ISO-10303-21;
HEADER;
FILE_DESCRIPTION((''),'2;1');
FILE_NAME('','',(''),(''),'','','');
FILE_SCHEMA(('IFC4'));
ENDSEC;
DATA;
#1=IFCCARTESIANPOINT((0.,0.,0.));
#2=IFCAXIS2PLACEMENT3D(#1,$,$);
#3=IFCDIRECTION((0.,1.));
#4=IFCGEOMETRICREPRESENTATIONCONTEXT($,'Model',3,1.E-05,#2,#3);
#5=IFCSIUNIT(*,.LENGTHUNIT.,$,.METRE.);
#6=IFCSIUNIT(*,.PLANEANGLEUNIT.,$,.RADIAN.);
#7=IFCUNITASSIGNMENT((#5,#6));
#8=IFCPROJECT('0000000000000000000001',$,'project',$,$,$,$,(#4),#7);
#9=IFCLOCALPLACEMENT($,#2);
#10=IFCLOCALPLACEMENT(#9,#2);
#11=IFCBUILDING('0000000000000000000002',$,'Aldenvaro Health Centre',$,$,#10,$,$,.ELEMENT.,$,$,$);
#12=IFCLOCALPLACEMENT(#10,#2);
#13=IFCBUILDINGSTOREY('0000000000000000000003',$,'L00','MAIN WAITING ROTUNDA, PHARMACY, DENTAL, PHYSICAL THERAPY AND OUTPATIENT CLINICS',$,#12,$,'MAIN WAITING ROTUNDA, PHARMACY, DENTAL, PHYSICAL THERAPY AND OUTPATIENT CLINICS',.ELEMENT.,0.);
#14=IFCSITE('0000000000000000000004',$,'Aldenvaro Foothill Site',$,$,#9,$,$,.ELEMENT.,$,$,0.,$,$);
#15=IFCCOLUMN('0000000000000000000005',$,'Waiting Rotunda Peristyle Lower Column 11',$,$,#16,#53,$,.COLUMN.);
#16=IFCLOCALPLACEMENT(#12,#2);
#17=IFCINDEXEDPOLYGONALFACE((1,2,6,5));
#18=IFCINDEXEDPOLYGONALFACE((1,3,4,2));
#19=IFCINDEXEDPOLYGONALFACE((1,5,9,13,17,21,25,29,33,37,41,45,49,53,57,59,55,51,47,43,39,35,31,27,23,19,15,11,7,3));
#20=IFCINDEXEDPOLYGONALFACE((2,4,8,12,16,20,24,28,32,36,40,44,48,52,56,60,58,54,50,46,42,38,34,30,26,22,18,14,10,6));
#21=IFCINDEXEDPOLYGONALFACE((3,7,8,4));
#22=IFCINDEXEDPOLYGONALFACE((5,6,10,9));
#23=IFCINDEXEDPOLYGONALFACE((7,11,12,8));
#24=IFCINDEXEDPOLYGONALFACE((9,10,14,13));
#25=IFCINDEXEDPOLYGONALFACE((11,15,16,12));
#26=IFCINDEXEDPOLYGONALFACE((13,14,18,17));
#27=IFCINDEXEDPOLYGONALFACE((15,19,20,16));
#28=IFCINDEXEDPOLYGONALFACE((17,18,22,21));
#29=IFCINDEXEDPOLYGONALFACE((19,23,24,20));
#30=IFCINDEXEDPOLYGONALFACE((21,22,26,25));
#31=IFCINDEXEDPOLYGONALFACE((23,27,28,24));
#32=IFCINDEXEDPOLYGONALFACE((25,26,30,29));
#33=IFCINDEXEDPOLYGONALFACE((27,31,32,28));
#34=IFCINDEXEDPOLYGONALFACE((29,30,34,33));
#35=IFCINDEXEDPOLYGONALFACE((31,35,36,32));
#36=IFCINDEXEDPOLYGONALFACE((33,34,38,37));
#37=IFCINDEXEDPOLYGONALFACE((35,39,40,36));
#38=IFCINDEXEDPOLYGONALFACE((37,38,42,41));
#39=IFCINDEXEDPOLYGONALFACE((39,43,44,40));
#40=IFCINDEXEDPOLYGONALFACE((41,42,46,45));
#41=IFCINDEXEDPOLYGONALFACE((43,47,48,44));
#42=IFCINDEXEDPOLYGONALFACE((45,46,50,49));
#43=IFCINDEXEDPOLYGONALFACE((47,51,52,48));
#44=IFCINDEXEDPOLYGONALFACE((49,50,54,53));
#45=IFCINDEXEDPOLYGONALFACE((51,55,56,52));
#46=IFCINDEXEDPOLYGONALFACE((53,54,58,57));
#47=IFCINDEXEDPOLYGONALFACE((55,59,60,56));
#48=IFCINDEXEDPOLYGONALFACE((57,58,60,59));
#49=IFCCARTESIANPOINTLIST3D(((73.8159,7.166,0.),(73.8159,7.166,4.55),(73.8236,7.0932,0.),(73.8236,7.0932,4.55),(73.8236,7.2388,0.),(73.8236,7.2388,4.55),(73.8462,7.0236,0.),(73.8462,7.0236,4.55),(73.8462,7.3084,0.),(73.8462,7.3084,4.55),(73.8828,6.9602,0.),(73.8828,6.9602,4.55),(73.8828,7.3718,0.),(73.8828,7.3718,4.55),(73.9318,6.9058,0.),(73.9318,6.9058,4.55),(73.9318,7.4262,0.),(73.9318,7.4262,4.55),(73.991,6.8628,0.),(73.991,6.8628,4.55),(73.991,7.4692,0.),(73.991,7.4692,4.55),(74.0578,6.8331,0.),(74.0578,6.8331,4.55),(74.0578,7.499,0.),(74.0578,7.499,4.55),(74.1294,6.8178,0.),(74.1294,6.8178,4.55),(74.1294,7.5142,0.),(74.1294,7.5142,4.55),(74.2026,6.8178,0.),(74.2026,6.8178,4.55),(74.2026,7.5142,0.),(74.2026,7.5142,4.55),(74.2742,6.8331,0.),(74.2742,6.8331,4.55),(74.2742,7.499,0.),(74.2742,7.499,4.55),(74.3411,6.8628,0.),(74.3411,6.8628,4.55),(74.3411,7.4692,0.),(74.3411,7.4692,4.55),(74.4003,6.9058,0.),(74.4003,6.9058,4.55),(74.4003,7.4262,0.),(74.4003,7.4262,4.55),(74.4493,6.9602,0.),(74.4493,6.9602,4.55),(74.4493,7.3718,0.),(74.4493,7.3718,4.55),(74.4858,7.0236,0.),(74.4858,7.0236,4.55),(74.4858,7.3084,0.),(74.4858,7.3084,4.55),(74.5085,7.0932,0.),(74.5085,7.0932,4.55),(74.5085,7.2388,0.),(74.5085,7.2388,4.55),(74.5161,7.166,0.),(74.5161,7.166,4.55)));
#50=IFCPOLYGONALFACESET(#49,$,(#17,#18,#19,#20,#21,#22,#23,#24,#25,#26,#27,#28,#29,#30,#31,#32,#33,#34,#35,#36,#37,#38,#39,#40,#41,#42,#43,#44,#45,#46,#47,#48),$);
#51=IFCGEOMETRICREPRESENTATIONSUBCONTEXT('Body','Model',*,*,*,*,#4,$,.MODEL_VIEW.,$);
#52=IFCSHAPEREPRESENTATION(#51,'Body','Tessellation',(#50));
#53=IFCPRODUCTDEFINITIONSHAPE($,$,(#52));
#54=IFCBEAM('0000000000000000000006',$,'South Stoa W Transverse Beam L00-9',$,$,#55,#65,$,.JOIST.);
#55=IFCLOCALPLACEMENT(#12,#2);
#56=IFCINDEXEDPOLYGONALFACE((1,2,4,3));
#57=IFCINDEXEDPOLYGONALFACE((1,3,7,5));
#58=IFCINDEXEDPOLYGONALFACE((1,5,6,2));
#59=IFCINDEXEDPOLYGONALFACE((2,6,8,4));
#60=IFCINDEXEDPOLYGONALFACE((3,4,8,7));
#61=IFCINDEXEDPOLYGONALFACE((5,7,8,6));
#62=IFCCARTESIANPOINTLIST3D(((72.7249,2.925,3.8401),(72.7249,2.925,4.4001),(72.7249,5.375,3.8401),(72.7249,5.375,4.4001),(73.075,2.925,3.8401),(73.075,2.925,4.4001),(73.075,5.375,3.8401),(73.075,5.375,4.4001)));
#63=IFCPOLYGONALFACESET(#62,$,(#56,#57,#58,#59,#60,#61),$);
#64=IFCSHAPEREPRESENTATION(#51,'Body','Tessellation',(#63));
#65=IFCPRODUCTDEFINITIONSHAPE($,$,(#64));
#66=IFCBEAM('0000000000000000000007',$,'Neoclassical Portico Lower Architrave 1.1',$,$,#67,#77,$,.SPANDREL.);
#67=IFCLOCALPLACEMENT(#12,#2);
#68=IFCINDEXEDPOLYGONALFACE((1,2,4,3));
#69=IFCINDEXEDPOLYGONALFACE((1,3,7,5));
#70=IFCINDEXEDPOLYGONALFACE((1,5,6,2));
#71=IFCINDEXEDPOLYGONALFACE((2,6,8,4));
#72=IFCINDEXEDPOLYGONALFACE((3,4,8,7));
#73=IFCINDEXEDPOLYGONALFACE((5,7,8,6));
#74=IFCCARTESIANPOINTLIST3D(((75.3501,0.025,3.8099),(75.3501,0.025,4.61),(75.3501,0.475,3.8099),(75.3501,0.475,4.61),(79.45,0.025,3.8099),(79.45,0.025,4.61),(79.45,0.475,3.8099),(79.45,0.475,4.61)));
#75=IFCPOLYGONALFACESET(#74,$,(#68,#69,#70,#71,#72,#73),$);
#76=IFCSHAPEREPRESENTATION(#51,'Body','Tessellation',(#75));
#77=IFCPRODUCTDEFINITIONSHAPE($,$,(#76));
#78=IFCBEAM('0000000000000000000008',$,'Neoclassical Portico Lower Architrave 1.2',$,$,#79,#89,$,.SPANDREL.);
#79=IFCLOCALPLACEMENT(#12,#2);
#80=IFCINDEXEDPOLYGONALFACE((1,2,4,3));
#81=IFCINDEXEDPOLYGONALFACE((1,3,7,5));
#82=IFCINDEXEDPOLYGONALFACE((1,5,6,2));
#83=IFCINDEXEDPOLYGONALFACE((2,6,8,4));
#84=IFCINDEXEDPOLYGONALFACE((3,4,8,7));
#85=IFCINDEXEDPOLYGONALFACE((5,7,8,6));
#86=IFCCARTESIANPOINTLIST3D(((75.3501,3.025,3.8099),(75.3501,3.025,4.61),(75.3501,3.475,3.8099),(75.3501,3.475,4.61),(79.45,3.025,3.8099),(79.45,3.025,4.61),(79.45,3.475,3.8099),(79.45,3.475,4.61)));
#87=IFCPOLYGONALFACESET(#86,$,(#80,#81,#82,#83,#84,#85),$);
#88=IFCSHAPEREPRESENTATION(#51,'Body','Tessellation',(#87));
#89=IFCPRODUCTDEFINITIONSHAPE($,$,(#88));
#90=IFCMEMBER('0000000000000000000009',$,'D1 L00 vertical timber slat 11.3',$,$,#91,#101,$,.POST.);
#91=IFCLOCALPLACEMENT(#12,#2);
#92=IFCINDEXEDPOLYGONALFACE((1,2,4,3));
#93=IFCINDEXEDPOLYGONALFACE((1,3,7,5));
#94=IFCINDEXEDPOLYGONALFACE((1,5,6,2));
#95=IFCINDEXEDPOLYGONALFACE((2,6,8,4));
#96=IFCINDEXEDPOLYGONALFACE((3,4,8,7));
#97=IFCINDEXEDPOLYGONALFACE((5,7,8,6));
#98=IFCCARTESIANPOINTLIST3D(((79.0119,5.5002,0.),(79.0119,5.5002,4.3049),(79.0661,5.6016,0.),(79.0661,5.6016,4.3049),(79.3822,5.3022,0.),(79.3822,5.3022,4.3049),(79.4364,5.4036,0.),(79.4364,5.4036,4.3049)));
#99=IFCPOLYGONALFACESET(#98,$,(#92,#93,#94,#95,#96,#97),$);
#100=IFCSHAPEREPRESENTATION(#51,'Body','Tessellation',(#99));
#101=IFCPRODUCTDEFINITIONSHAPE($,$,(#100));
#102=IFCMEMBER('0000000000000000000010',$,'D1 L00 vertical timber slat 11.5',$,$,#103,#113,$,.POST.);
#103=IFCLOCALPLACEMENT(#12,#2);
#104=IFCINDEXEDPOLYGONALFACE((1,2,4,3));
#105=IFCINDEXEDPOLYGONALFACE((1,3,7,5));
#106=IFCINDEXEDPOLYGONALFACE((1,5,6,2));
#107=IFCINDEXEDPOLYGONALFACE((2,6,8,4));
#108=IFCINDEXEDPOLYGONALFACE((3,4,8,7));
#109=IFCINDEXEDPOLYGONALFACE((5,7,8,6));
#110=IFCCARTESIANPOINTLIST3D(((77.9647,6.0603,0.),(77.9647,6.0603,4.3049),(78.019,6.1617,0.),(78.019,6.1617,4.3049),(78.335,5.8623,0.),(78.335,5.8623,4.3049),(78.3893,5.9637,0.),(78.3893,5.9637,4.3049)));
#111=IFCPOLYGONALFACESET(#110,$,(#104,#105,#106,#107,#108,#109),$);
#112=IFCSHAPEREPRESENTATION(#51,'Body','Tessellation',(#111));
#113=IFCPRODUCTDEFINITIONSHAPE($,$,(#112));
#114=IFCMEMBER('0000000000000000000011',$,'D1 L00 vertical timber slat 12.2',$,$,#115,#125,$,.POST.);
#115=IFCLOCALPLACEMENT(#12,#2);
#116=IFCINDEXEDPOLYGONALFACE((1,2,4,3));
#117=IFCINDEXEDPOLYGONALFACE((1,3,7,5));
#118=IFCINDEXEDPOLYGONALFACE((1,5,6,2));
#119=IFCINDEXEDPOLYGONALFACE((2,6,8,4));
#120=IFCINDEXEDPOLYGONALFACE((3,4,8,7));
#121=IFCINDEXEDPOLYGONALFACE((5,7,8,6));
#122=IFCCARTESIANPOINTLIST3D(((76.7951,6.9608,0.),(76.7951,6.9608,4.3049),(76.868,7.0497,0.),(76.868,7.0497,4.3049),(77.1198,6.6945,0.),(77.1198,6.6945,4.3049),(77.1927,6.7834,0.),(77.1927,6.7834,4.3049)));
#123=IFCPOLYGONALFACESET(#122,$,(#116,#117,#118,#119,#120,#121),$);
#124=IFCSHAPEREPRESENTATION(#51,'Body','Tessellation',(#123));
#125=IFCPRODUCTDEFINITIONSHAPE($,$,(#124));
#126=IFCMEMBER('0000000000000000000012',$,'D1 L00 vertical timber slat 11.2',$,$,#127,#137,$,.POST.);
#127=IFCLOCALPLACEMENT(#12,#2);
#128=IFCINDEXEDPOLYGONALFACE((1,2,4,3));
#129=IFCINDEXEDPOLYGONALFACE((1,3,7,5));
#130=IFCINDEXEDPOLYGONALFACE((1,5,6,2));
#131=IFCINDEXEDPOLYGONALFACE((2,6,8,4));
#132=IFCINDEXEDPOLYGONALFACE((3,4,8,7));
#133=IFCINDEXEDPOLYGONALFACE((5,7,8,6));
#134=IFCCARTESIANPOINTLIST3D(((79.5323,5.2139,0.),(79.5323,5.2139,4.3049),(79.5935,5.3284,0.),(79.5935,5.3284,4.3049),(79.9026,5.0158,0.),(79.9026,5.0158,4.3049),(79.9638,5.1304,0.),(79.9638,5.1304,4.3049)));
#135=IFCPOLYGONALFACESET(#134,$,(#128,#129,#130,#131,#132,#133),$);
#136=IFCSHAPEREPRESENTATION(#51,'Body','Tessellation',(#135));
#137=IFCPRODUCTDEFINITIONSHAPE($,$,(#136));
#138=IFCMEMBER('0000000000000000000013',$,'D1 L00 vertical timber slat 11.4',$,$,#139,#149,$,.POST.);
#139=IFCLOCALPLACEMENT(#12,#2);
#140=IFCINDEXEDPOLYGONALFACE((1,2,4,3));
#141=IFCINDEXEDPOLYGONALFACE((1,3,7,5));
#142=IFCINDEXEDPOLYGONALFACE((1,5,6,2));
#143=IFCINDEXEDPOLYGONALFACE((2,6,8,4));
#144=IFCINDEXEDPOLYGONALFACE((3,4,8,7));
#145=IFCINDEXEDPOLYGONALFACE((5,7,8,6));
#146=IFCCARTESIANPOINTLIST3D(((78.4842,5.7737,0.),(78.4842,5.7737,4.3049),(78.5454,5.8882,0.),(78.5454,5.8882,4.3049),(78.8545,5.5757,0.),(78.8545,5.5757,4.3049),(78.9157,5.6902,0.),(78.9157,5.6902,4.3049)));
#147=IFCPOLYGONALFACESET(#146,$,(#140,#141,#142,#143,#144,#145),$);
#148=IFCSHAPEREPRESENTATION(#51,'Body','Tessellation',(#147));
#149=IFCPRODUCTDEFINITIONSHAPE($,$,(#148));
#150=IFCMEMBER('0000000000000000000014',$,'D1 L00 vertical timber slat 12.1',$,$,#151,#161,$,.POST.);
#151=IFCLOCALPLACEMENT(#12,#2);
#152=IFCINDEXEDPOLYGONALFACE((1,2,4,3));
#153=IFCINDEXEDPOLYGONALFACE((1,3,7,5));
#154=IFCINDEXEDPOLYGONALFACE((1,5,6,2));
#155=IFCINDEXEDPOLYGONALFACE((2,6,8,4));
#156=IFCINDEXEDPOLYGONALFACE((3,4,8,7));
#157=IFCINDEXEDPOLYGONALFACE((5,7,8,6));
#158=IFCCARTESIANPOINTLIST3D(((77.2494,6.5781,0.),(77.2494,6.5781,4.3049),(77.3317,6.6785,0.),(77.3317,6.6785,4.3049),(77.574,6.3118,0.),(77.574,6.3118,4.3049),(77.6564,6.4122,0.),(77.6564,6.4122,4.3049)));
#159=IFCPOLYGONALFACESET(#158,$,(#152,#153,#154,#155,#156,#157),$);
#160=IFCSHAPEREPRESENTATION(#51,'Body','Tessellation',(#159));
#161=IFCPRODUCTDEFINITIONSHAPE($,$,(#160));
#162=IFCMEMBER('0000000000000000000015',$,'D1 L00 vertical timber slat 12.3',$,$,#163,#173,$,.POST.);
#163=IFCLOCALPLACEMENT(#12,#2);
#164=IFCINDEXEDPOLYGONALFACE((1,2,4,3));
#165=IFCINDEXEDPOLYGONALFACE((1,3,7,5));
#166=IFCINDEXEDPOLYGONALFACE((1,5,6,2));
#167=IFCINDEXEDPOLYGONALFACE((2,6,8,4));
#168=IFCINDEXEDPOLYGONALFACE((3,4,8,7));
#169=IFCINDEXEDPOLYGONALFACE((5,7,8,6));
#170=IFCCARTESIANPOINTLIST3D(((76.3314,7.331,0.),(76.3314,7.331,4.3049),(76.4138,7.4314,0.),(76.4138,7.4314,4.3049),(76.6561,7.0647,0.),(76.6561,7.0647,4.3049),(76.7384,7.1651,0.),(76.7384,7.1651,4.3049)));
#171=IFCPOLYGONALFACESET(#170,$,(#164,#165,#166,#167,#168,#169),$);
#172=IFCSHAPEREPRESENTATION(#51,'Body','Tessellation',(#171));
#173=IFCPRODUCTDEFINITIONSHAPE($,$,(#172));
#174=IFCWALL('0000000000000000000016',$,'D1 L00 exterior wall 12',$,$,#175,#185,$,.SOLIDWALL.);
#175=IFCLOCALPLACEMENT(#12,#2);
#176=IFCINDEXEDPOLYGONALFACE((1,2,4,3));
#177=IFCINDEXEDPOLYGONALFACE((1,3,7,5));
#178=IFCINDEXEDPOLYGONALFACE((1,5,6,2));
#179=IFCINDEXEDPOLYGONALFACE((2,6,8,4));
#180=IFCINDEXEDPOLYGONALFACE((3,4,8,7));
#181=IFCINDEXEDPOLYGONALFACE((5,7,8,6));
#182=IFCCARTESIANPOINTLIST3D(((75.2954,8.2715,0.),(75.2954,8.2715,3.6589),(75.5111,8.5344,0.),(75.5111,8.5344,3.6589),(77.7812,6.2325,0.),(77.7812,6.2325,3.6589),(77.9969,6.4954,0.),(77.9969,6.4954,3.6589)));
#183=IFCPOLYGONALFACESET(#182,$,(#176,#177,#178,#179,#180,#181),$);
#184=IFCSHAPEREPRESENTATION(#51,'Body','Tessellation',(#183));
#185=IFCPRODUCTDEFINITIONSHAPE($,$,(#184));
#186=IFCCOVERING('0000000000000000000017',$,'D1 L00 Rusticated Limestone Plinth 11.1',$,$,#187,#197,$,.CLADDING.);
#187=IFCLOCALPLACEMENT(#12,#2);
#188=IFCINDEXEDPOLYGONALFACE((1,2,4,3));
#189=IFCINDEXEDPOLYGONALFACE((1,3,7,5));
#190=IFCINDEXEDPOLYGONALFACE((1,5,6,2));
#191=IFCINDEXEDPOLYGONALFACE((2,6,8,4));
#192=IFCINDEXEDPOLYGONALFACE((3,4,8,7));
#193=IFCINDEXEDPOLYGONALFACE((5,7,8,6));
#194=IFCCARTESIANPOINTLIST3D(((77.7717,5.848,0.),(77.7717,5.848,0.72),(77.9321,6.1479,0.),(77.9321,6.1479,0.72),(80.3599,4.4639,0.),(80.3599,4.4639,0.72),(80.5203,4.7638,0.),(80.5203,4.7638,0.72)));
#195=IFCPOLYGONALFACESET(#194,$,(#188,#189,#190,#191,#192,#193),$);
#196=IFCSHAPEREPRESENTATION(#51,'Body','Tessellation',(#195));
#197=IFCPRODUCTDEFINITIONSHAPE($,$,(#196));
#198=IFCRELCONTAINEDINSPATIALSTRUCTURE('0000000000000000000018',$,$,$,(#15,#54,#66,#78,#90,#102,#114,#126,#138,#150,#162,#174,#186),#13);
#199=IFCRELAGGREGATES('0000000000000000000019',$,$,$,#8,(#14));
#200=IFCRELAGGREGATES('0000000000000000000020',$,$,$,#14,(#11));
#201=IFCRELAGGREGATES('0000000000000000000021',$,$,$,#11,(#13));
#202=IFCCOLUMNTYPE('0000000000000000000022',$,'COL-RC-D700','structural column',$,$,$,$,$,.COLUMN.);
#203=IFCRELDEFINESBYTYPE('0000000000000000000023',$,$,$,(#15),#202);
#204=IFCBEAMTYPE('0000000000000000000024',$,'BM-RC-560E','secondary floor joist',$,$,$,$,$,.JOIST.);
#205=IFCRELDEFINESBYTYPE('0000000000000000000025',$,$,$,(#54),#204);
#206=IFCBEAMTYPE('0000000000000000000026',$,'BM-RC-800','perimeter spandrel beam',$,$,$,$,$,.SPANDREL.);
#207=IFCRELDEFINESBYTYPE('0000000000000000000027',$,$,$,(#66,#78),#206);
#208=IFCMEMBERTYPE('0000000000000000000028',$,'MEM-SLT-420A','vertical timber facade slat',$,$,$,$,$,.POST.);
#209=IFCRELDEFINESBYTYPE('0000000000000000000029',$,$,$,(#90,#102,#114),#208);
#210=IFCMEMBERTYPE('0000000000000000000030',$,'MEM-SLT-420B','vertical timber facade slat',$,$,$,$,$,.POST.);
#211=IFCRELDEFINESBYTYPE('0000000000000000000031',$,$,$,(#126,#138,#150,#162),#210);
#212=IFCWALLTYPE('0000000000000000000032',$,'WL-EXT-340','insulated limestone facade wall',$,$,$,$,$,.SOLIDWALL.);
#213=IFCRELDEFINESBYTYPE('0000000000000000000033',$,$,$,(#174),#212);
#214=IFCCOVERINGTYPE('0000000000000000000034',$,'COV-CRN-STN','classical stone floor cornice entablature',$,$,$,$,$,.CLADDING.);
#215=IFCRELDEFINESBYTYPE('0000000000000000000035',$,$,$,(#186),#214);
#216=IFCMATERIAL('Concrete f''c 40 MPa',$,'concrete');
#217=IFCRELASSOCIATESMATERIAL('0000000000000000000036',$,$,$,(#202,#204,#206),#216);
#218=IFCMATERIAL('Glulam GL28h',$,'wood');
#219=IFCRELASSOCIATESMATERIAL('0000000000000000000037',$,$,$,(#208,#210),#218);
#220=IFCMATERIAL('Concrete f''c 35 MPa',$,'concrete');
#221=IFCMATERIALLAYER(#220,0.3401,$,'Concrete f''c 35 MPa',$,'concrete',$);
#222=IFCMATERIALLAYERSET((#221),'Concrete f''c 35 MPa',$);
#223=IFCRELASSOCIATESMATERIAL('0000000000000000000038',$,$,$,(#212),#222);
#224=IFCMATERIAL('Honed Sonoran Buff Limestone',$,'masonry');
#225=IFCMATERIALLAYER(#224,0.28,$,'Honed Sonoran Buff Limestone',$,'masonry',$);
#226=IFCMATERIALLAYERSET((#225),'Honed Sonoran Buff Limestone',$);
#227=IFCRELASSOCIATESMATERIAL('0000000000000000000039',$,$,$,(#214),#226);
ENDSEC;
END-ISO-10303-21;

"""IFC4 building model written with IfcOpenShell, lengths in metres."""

from ifc_helpers import new_model, si_unit, direction, frame, frame_2d, origin, origin_2d, place, context, subcontext, project, spatial, rectangle, circle, extrude, material, layer, layer_set, material_profile, profile_set, type_object, element, save


model = new_model("IFC4")

# Units and contexts
model_context = context("Model", 3, precision=1e-05, world=origin(), true_north=direction((0.0, 1.0)))
body_context = subcontext(model_context, "Body", "Model", "MODEL_VIEW")
ifc_project = project(units=[si_unit("LENGTHUNIT", "METRE"), si_unit("PLANEANGLEUNIT", "RADIAN")], contexts=[model_context])

# Site, building, storey
site_placement = place(None, origin())
site = spatial("IfcSite", under=ifc_project, at=site_placement, Name="Aldenvaro Foothill Site", CompositionType="ELEMENT", RefElevation=0.0)
building_placement = place(site_placement, origin())
building = spatial("IfcBuilding", under=site, at=building_placement, Name="Aldenvaro Health Centre", CompositionType="ELEMENT")
storey_placement = place(building_placement, origin())
storey = spatial("IfcBuildingStorey", under=building, at=storey_placement, Name="L00", Description="MAIN WAITING ROTUNDA, PHARMACY, DENTAL, PHYSICAL THERAPY AND OUTPATIENT CLINICS", LongName="MAIN WAITING ROTUNDA, PHARMACY, DENTAL, PHYSICAL THERAPY AND OUTPATIENT CLINICS", CompositionType="ELEMENT", Elevation=0.0)

# Column
ifc_material_1 = material(Name="Concrete f'c 40 MPa", Category="concrete")
ifc_material_profile_1 = material_profile(ifc_material_1, circle(Radius=0.3501, at=origin_2d()), Name="RC D700", Category="concrete")
ifc_profile_set_1 = profile_set([ifc_material_profile_1], Name="Concrete f'c 40 MPa")
column_type_1 = type_object("IfcColumnType", Name="COL-RC-D700", Description="structural column", PredefinedType="COLUMN", material=ifc_profile_set_1)
for number, where, z_axis, x_axis, name in (
    (1, (74.166, 7.166, 0.0), (0.0, 0.0, 1.0), (1.0, 0.0, 0.0), "Waiting Rotunda Peristyle Lower Column 11"),
):
    element("IfcColumn", number, at=place(storey_placement, frame(where, z_axis=z_axis, x_axis=x_axis)), inside=storey, type_object=column_type_1, Name=name, PredefinedType="COLUMN", context=body_context, shape_type="SweptSolid", body=[
        extrude(circle(Radius=0.3501, at=origin_2d()), origin(), (0.0, 0.0, 1.0), 4.55),
    ])

# Beams
ifc_material_profile_2 = material_profile(ifc_material_1, rectangle(XDim=0.3501, YDim=0.5601, at=origin_2d()), Name="RC 350x560", Category="concrete")
ifc_profile_set_2 = profile_set([ifc_material_profile_2], Name="Concrete f'c 40 MPa")
beam_type_1 = type_object("IfcBeamType", Name="BM-RC-560E", Description="secondary floor joist", PredefinedType="JOIST", material=ifc_profile_set_2)
beam_placement = place(storey_placement, frame((72.8999, 2.925, 4.1201), z_axis=(0.0, 1.0, 0.0), x_axis=(-1.0, 0.0, 0.0)))
element("IfcBeam", 2, at=beam_placement, inside=storey, type_object=beam_type_1, Name="South Stoa W Transverse Beam L00-9", PredefinedType="JOIST", context=body_context, shape_type="SweptSolid", body=[
    extrude(rectangle(XDim=0.3501, YDim=0.5601, at=origin_2d()), origin(), (0.0, 0.0, 1.0), 2.45),
])
ifc_material_profile_3 = material_profile(ifc_material_1, rectangle(XDim=0.45, YDim=0.8, at=origin_2d()), Name="RC 450x800", Category="concrete")
ifc_profile_set_3 = profile_set([ifc_material_profile_3], Name="Concrete f'c 40 MPa")
beam_type_2 = type_object("IfcBeamType", Name="BM-RC-800", Description="perimeter spandrel beam", PredefinedType="SPANDREL", material=ifc_profile_set_3)
for number, where, z_axis, x_axis, name in (
    (3, (75.3501, 0.25, 4.21), (1.0, 0.0, 0.0), (0.0, 1.0, 0.0), "Neoclassical Portico Lower Architrave 1.1"),
    (4, (75.3501, 3.25, 4.21), (1.0, 0.0, 0.0), (0.0, 1.0, 0.0), "Neoclassical Portico Lower Architrave 1.2"),
):
    element("IfcBeam", number, at=place(storey_placement, frame(where, z_axis=z_axis, x_axis=x_axis)), inside=storey, type_object=beam_type_2, Name=name, PredefinedType="SPANDREL", context=body_context, shape_type="SweptSolid", body=[
        extrude(rectangle(XDim=0.45, YDim=0.8, at=origin_2d()), origin(), (0.0, 0.0, 1.0), 4.0999),
    ])

# Members
ifc_material_2 = material(Name="Glulam GL28h", Category="wood")
ifc_material_profile_4 = material_profile(ifc_material_2, rectangle(XDim=0.115, YDim=0.4199, at=origin_2d()), Name="GL 115x420", Category="wood")
ifc_profile_set_4 = profile_set([ifc_material_profile_4], Name="Glulam GL28h")
member_type_1 = type_object("IfcMemberType", Name="MEM-SLT-420A", Description="vertical timber facade slat", PredefinedType="POST", material=ifc_profile_set_4)
for number, where, z_axis, x_axis, name in (
    (5, (79.2241, 5.4519, 0.0), (0.0, 0.0, 1.0), (-0.471557, -0.881836, 0.0), "D1 L00 vertical timber slat 11.3"),
    (6, (78.177, 6.012, 0.0), (0.0, 0.0, 1.0), (-0.471557, -0.881836, 0.0), "D1 L00 vertical timber slat 11.5"),
    (7, (76.9939, 6.8721, 0.0), (0.0, 0.0, 1.0), (-0.634169, -0.773195, 0.0), "D1 L00 vertical timber slat 12.2"),
):
    element("IfcMember", number, at=place(storey_placement, frame(where, z_axis=z_axis, x_axis=x_axis)), inside=storey, type_object=member_type_1, Name=name, PredefinedType="POST", context=body_context, shape_type="SweptSolid", body=[
        extrude(rectangle(XDim=0.115, YDim=0.4199, at=origin_2d()), origin(), (0.0, 0.0, 1.0), 4.3049),
    ])
ifc_material_profile_5 = material_profile(ifc_material_2, rectangle(XDim=0.1299, YDim=0.4199, at=origin_2d()), Name="GL 130x420", Category="wood")
ifc_profile_set_5 = profile_set([ifc_material_profile_5], Name="Glulam GL28h")
member_type_2 = type_object("IfcMemberType", Name="MEM-SLT-420B", Description="vertical timber facade slat", PredefinedType="POST", material=ifc_profile_set_5)
for number, where, z_axis, x_axis, name in (
    (8, (79.748, 5.1721, 0.0), (0.0, 0.0, 1.0), (-0.471557, -0.881836, 0.0), "D1 L00 vertical timber slat 11.2"),
    (9, (78.7, 5.7319, 0.0), (0.0, 0.0, 1.0), (-0.471557, -0.881836, 0.0), "D1 L00 vertical timber slat 11.4"),
    (10, (77.4529, 6.4951, 0.0), (0.0, 0.0, 1.0), (-0.634169, -0.773195, 0.0), "D1 L00 vertical timber slat 12.1"),
    (11, (76.5349, 7.248, 0.0), (0.0, 0.0, 1.0), (-0.634169, -0.773195, 0.0), "D1 L00 vertical timber slat 12.3"),
):
    element("IfcMember", number, at=place(storey_placement, frame(where, z_axis=z_axis, x_axis=x_axis)), inside=storey, type_object=member_type_2, Name=name, PredefinedType="POST", context=body_context, shape_type="SweptSolid", body=[
        extrude(rectangle(XDim=0.1299, YDim=0.4199, at=origin_2d()), origin(), (0.0, 0.0, 1.0), 4.3049),
    ])

# Wall
ifc_material_3 = material(Name="Concrete f'c 35 MPa", Category="concrete")
ifc_layer_1 = layer(ifc_material_3, 0.3401, Name="Concrete f'c 35 MPa", Category="concrete")
ifc_layer_set_1 = layer_set([ifc_layer_1], Name="Concrete f'c 35 MPa")
wall_type = type_object("IfcWallType", Name="WL-EXT-340", Description="insulated limestone facade wall", PredefinedType="SOLIDWALL", material=ifc_layer_set_1)
wall_placement = place(storey_placement, frame((77.8889, 6.364, 0.0), z_axis=(0.0, 0.0, 1.0), x_axis=(-0.773165, 0.634205, 0.0)))
element("IfcWall", 12, at=wall_placement, inside=storey, type_object=wall_type, Name="D1 L00 exterior wall 12", PredefinedType="SOLIDWALL", context=body_context, shape_type="SweptSolid", body=[
    extrude(rectangle(XDim=3.2151, YDim=0.3401, at=frame_2d((1.6074, 0.0))), origin(), (0.0, 0.0, 1.0), 3.6589),
])

# Covering
ifc_material_4 = material(Name="Honed Sonoran Buff Limestone", Category="masonry")
ifc_layer_2 = layer(ifc_material_4, 0.28, Name="Honed Sonoran Buff Limestone", Category="masonry")
ifc_layer_set_2 = layer_set([ifc_layer_2], Name="Honed Sonoran Buff Limestone")
covering_type = type_object("IfcCoveringType", Name="COV-CRN-STN", Description="classical stone floor cornice entablature", PredefinedType="CLADDING", material=ifc_layer_set_2)
covering_1_placement = place(storey_placement, frame((79.146, 5.3059, 0.0), z_axis=(0.0, 0.0, 1.0), x_axis=(-0.881836, 0.471557, 0.0)))
element("IfcCovering", 13, at=covering_1_placement, inside=storey, type_object=covering_type, Name="D1 L00 Rusticated Limestone Plinth 11.1", PredefinedType="CLADDING", context=body_context, shape_type="SweptSolid", body=[
    extrude(rectangle(XDim=2.9351, YDim=0.3401, at=origin_2d()), origin(), (0.0, 0.0, 1.0), 0.72),
])

save(model, "model.ifc")
